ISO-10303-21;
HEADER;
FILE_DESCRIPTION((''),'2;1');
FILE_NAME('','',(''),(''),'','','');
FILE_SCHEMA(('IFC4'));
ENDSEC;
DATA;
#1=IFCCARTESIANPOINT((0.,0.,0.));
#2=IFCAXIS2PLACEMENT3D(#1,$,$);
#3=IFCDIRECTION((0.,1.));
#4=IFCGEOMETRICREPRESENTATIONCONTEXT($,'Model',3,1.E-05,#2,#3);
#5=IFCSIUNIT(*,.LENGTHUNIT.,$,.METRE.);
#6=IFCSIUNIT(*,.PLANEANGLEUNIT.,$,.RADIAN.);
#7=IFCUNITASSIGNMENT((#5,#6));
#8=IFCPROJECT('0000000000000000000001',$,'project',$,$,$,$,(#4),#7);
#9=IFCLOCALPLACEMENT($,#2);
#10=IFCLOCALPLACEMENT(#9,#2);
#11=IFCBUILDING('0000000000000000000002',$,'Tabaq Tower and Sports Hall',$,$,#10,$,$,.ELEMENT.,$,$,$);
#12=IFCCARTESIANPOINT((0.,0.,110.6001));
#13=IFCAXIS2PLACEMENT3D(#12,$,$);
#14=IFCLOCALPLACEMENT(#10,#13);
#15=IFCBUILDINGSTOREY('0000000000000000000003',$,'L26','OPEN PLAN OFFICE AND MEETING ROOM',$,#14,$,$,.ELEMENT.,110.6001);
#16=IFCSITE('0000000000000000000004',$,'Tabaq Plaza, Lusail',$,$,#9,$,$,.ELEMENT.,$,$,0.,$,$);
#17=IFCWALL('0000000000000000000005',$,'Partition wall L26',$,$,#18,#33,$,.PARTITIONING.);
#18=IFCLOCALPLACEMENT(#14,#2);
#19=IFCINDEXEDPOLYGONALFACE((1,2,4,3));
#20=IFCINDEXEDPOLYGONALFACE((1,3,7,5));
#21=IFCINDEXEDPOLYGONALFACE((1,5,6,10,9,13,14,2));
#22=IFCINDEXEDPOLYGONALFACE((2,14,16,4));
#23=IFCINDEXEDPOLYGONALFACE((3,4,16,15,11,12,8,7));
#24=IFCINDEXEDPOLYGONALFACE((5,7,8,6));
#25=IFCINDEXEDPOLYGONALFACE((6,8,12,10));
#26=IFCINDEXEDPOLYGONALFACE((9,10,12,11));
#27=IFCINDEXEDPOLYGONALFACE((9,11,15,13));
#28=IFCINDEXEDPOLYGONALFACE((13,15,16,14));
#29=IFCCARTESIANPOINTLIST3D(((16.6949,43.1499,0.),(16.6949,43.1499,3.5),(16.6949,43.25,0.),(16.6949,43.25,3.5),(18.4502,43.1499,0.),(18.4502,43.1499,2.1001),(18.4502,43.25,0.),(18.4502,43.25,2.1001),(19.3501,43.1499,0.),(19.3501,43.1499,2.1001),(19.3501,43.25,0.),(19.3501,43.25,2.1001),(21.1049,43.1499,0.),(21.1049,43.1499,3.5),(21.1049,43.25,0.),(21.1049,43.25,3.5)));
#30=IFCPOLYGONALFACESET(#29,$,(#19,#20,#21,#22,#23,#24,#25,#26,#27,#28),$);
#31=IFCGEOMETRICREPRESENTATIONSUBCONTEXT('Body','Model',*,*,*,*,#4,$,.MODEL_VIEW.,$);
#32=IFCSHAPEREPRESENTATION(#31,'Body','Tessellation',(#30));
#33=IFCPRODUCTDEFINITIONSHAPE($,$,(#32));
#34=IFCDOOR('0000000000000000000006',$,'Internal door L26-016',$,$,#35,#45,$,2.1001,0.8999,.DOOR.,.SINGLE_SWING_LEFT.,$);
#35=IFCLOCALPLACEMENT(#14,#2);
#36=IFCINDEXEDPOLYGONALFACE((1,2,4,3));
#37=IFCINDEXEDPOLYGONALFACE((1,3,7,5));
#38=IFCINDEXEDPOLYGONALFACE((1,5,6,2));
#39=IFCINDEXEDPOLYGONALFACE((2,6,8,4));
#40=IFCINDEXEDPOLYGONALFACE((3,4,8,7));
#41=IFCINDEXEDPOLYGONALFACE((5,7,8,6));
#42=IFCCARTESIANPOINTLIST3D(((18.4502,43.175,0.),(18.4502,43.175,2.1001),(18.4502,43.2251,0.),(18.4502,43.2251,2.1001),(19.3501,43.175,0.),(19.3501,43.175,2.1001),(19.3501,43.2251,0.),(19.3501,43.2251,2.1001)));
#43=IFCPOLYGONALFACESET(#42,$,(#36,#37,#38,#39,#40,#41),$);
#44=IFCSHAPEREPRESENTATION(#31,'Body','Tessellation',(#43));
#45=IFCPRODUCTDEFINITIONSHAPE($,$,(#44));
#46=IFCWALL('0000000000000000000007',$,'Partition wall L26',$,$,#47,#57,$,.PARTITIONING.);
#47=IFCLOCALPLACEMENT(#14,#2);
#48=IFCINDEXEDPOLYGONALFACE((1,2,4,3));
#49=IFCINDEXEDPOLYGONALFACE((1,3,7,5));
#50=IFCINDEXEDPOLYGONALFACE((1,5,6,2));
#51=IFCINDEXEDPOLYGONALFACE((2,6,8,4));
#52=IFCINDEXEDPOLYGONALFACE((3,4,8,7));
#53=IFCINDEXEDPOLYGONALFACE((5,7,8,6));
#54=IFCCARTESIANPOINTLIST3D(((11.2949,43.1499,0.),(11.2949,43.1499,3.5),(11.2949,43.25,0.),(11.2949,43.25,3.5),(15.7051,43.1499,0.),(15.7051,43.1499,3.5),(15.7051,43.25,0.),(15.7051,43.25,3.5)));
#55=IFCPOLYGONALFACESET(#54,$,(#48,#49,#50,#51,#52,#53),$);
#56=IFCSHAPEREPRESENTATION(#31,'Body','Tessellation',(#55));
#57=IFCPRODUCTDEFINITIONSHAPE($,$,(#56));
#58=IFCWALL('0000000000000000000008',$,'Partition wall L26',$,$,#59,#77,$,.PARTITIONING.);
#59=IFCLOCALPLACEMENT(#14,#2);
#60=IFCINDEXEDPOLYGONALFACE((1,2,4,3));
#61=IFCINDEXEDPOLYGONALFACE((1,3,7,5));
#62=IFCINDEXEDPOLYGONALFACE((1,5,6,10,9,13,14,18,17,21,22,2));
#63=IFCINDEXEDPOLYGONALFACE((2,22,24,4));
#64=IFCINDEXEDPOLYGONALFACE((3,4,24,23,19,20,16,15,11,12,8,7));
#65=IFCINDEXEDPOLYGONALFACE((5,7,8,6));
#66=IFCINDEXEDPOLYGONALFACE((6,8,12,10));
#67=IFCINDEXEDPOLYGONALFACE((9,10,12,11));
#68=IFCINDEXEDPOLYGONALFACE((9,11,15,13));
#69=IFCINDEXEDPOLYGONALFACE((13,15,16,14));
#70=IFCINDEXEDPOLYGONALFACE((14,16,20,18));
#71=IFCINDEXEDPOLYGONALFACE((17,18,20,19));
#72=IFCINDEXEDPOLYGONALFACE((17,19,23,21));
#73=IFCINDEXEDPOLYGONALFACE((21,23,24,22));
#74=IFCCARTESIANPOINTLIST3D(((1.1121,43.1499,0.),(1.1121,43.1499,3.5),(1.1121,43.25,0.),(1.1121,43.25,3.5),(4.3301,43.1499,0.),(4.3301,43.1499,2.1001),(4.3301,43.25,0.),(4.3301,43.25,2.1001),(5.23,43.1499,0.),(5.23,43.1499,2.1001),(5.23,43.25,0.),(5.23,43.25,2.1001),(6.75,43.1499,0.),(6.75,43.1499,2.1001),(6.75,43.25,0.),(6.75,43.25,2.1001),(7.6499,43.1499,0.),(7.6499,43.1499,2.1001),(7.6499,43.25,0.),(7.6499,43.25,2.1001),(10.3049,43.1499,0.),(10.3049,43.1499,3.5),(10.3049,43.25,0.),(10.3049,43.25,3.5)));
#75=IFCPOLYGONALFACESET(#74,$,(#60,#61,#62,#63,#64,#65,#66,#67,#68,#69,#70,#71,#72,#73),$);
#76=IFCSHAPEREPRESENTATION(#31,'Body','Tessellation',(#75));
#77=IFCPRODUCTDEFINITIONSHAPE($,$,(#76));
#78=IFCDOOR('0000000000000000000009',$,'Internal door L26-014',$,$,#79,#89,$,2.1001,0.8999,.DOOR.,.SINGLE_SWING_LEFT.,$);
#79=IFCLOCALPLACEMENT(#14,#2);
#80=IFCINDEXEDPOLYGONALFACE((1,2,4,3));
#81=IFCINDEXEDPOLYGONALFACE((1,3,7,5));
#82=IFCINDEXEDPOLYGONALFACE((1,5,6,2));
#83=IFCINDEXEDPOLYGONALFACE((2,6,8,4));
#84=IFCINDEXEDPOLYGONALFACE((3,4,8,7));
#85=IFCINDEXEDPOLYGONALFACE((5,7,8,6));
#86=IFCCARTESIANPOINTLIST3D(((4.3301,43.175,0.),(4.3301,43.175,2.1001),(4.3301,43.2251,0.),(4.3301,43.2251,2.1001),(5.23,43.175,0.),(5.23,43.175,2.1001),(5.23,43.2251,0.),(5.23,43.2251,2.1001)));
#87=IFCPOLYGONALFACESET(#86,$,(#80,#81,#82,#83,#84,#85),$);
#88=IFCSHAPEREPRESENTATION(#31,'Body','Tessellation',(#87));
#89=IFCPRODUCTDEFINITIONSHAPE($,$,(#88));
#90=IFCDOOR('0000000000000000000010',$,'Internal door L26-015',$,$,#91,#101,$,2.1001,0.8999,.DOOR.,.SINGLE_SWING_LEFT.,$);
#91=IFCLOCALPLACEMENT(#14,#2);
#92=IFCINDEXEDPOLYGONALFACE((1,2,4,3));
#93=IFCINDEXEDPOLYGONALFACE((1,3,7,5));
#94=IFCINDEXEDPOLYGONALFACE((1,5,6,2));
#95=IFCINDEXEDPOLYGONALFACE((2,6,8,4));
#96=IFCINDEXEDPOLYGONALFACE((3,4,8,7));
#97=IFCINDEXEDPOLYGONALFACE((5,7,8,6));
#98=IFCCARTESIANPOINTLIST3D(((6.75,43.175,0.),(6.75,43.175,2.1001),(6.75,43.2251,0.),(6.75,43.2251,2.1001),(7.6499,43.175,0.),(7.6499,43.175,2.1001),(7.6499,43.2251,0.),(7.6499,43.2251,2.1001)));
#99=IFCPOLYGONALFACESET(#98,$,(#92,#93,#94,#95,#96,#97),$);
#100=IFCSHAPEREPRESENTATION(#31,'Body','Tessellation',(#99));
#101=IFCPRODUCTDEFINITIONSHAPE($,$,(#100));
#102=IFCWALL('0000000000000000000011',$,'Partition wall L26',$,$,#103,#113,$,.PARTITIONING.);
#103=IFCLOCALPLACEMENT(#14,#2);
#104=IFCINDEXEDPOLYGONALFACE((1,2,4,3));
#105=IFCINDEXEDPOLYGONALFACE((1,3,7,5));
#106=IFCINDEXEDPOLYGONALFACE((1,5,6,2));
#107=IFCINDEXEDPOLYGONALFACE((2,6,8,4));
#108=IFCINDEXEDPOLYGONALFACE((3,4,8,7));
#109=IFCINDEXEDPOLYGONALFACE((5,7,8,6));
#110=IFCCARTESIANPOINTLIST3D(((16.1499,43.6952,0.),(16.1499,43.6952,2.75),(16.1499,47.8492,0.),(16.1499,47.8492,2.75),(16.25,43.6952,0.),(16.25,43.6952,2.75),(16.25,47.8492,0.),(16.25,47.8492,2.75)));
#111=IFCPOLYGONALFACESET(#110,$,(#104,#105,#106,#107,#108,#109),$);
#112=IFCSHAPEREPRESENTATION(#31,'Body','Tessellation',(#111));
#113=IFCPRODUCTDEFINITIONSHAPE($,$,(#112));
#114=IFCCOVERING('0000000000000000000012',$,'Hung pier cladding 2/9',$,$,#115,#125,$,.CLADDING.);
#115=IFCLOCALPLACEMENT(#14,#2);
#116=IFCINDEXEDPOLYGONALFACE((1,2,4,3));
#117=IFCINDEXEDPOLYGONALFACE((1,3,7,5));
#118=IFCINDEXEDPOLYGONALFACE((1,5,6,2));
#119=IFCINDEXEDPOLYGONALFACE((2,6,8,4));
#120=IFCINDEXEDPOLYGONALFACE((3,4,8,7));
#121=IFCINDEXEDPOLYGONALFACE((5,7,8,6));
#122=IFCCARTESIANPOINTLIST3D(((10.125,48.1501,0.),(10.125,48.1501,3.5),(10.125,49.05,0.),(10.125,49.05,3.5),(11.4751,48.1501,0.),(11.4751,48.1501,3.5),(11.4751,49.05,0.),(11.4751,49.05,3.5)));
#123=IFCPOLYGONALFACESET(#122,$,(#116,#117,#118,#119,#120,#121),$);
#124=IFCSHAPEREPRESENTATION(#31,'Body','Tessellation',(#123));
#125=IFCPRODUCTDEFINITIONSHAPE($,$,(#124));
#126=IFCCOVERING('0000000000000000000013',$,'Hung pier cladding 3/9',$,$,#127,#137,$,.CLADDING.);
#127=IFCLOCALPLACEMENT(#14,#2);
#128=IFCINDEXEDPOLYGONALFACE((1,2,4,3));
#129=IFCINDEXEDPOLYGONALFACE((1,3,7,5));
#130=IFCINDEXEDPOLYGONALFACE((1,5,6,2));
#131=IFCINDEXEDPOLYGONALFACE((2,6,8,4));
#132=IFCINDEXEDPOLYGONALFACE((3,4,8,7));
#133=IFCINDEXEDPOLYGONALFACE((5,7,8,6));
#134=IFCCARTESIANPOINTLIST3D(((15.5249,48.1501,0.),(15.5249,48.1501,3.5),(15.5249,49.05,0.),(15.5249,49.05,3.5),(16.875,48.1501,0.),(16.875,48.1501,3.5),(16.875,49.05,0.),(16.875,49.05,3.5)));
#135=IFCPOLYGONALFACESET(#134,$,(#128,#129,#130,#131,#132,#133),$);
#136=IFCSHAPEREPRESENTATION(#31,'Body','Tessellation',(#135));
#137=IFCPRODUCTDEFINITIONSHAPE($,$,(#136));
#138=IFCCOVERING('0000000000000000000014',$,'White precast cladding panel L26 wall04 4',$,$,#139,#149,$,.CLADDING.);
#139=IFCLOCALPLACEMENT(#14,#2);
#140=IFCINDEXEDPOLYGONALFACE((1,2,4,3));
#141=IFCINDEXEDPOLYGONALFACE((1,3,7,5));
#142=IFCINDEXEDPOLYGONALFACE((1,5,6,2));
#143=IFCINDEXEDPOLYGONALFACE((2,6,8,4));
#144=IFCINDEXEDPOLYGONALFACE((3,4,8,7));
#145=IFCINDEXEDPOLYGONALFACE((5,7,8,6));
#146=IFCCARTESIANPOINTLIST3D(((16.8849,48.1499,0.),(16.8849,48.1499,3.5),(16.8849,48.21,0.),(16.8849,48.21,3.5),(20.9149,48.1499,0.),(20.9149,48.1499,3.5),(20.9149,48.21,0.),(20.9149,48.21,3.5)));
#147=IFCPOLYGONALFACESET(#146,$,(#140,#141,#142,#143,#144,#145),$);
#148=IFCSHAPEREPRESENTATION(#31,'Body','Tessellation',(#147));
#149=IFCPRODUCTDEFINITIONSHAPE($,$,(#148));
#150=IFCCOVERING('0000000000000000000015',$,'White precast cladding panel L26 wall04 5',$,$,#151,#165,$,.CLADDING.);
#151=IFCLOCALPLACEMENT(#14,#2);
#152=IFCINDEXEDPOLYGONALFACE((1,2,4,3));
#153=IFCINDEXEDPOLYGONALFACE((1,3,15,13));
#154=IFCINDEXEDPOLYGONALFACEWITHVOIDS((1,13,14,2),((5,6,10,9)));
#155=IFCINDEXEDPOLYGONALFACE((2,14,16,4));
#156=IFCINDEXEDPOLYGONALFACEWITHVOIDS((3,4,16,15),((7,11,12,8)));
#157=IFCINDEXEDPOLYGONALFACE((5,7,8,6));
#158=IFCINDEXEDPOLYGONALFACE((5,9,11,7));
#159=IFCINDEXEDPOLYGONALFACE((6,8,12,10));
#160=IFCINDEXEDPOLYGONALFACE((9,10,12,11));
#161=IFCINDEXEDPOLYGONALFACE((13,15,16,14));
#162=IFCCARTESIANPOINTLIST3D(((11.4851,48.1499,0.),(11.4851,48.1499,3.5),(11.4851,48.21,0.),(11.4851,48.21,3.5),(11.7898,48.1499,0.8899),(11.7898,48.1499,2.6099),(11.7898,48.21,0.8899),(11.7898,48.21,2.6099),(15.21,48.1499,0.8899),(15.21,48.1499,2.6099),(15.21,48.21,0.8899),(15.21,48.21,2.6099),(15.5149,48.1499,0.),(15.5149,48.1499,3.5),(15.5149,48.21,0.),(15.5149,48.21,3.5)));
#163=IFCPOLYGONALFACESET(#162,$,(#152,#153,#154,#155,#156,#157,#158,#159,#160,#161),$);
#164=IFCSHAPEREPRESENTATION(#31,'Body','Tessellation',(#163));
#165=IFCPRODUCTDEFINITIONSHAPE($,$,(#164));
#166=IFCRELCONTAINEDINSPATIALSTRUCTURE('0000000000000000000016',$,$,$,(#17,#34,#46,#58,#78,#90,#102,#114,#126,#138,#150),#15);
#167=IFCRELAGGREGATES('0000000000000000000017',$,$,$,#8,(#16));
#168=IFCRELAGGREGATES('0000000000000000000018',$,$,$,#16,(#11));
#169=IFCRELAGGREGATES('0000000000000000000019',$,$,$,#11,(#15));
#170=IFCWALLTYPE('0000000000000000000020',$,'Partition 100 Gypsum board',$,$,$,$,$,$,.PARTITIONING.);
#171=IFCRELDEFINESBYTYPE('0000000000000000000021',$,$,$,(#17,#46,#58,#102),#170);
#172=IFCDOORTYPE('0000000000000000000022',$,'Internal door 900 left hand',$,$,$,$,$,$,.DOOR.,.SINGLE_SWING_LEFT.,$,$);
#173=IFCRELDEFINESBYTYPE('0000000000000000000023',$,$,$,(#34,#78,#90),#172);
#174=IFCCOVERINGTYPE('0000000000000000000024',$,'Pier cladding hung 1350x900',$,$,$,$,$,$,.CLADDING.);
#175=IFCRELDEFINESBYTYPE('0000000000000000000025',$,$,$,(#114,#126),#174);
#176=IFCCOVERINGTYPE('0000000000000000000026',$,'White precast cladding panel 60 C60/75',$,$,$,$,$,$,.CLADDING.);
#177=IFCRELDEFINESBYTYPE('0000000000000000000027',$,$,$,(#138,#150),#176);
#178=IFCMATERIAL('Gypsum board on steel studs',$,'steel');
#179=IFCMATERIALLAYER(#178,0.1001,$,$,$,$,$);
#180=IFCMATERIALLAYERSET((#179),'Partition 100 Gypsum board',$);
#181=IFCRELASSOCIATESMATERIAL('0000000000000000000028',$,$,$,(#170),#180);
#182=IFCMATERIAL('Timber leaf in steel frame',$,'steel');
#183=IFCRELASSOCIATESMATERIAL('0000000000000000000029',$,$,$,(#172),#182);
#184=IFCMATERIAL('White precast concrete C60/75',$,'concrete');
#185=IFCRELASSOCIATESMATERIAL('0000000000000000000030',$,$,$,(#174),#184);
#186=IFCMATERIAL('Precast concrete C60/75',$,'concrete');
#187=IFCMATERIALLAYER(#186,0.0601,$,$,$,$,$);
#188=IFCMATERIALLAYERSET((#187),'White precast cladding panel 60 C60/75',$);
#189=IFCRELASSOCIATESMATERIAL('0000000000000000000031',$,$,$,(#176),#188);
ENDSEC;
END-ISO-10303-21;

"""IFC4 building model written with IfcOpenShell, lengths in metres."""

from ifc_helpers import new_model, si_unit, direction, frame, frame_2d, origin, place, context, subcontext, project, spatial, polyline, rectangle, outline, extrude, material, layer, layer_set, type_object, element, fill, save


model = new_model("IFC4")

# Units and contexts
model_context = context("Model", 3, precision=1e-05, world=origin(), true_north=direction((0.0, 1.0)))
body_context = subcontext(model_context, "Body", "Model", "MODEL_VIEW")
ifc_project = project(units=[si_unit("LENGTHUNIT", "METRE"), si_unit("PLANEANGLEUNIT", "RADIAN")], contexts=[model_context])

# Site, building, storey
site_placement = place(None, origin())
site = spatial("IfcSite", under=ifc_project, at=site_placement, Name="Tabaq Plaza, Lusail", CompositionType="ELEMENT", RefElevation=0.0)
building_placement = place(site_placement, origin())
building = spatial("IfcBuilding", under=site, at=building_placement, Name="Tabaq Tower and Sports Hall", CompositionType="ELEMENT")
storey_placement = place(building_placement, frame((0.0, 0.0, 110.6001)))
storey = spatial("IfcBuildingStorey", under=building, at=storey_placement, Name="L26", Description="OPEN PLAN OFFICE AND MEETING ROOM", CompositionType="ELEMENT", Elevation=110.6001)

# Wall, opening, door
ifc_material_1 = material(Name="Gypsum board on steel studs", Category="steel")
ifc_layer_1 = layer(ifc_material_1, 0.1001)
ifc_layer_set_1 = layer_set([ifc_layer_1], Name="Partition 100 Gypsum board")
wall_type = type_object("IfcWallType", Name="Partition 100 Gypsum board", PredefinedType="PARTITIONING", material=ifc_layer_set_1)
ifc_material_2 = material(Name="Timber leaf in steel frame", Category="steel")
door_type_1 = type_object("IfcDoorType", Name="Internal door 900 left hand", OperationType="SINGLE_SWING_LEFT", PredefinedType="DOOR", material=ifc_material_2)
wall_1_placement = place(storey_placement, frame((21.105, 43.2, 0.0), z_axis=(0.0, 0.0, 1.0), x_axis=(-1.0, 0.0, 0.0)))
wall_1 = element("IfcWall", 1, at=wall_1_placement, inside=storey, type_object=wall_type, Name="Partition wall L26", PredefinedType="PARTITIONING", context=body_context, shape_type="SweptSolid", body=[
    extrude(rectangle(XDim=4.4099, YDim=0.1001, at=frame_2d((2.2051, 0.0))), origin(), (0.0, 0.0, 1.0), 3.5),
])
opening_1_placement = place(wall_1_placement, frame((1.7549, 0.0, 0.0)))
opening_1 = element("IfcOpeningElement", 2, at=opening_1_placement, cuts=wall_1, PredefinedType="OPENING", context=body_context, shape_type="SweptSolid", body=[
    extrude(rectangle(XDim=0.8999, YDim=2.1001, at=frame_2d((0.45, 1.05))), frame((0.0, 0.05, 0.0), z_axis=(0.0, -1.0, 0.0), x_axis=(1.0, 0.0, 0.0)), (0.0, 0.0, 1.0), 0.1001),
])
door_1_placement = place(opening_1_placement, origin())
door_1 = element("IfcDoor", 3, at=door_1_placement, inside=storey, type_object=door_type_1, Name="Internal door L26-016", OperationType="SINGLE_SWING_LEFT", OverallHeight=2.1001, OverallWidth=0.8999, PredefinedType="DOOR", context=body_context, shape_type="SweptSolid", body=[
    extrude(rectangle(XDim=0.8999, YDim=2.1001, at=frame_2d((0.45, 1.05))), frame((0.0, 0.0249, 0.0), z_axis=(0.0, -1.0, 0.0), x_axis=(1.0, 0.0, 0.0)), (0.0, 0.0, 1.0), 0.05),
])
fill(opening_1, door_1)

# Wall
wall_2_placement = place(storey_placement, frame((15.7051, 43.2, 0.0), z_axis=(0.0, 0.0, 1.0), x_axis=(-1.0, 0.0, 0.0)))
element("IfcWall", 4, at=wall_2_placement, inside=storey, type_object=wall_type, Name="Partition wall L26", PredefinedType="PARTITIONING", context=body_context, shape_type="SweptSolid", body=[
    extrude(rectangle(XDim=4.4102, YDim=0.1001, at=frame_2d((2.2051, 0.0))), origin(), (0.0, 0.0, 1.0), 3.5),
])

# Wall, openings, doors
wall_3_placement = place(storey_placement, frame((10.3049, 43.2, 0.0), z_axis=(0.0, 0.0, 1.0), x_axis=(-1.0, 0.0, 0.0)))
wall_3 = element("IfcWall", 5, at=wall_3_placement, inside=storey, type_object=wall_type, Name="Partition wall L26", PredefinedType="PARTITIONING", context=body_context, shape_type="SweptSolid", body=[
    extrude(rectangle(XDim=9.1929, YDim=0.1001, at=frame_2d((4.5964, 0.0))), origin(), (0.0, 0.0, 1.0), 3.5),
])
opening_2_placement = place(wall_3_placement, frame((5.075, 0.0, 0.0)))
opening_2 = element("IfcOpeningElement", 6, at=opening_2_placement, cuts=wall_3, PredefinedType="OPENING", context=body_context, shape_type="SweptSolid", body=[
    extrude(rectangle(XDim=0.8999, YDim=2.1001, at=frame_2d((0.45, 1.05))), frame((0.0, 0.05, 0.0), z_axis=(0.0, -1.0, 0.0), x_axis=(1.0, 0.0, 0.0)), (0.0, 0.0, 1.0), 0.1001),
])
opening_3_placement = place(wall_3_placement, frame((2.655, 0.0, 0.0)))
opening_3 = element("IfcOpeningElement", 7, at=opening_3_placement, cuts=wall_3, PredefinedType="OPENING", context=body_context, shape_type="SweptSolid", body=[
    extrude(rectangle(XDim=0.8999, YDim=2.1001, at=frame_2d((0.45, 1.05))), frame((0.0, 0.05, 0.0), z_axis=(0.0, -1.0, 0.0), x_axis=(1.0, 0.0, 0.0)), (0.0, 0.0, 1.0), 0.1001),
])
door_2_placement = place(opening_2_placement, origin())
door_2 = element("IfcDoor", 8, at=door_2_placement, inside=storey, type_object=door_type_1, Name="Internal door L26-014", OperationType="SINGLE_SWING_LEFT", OverallHeight=2.1001, OverallWidth=0.8999, PredefinedType="DOOR", context=body_context, shape_type="SweptSolid", body=[
    extrude(rectangle(XDim=0.8999, YDim=2.1001, at=frame_2d((0.45, 1.05))), frame((0.0, 0.0249, 0.0), z_axis=(0.0, -1.0, 0.0), x_axis=(1.0, 0.0, 0.0)), (0.0, 0.0, 1.0), 0.05),
])
fill(opening_2, door_2)
door_3_placement = place(opening_3_placement, origin())
door_3 = element("IfcDoor", 9, at=door_3_placement, inside=storey, type_object=door_type_1, Name="Internal door L26-015", OperationType="SINGLE_SWING_LEFT", OverallHeight=2.1001, OverallWidth=0.8999, PredefinedType="DOOR", context=body_context, shape_type="SweptSolid", body=[
    extrude(rectangle(XDim=0.8999, YDim=2.1001, at=frame_2d((0.45, 1.05))), frame((0.0, 0.0249, 0.0), z_axis=(0.0, -1.0, 0.0), x_axis=(1.0, 0.0, 0.0)), (0.0, 0.0, 1.0), 0.05),
])
fill(opening_3, door_3)

# Wall
wall_4_placement = place(storey_placement, frame((16.2, 43.6951, 0.0), z_axis=(0.0, 0.0, 1.0), x_axis=(0.0, 1.0, 0.0)))
element("IfcWall", 10, at=wall_4_placement, inside=storey, type_object=wall_type, Name="Partition wall L26", PredefinedType="PARTITIONING", context=body_context, shape_type="SweptSolid", body=[
    extrude(rectangle(XDim=4.1541, YDim=0.1001, at=frame_2d((2.0771, 0.0))), origin(), (0.0, 0.0, 1.0), 2.75),
])

# Coverings
ifc_material_3 = material(Name="White precast concrete C60/75", Category="concrete")
covering_type_1 = type_object("IfcCoveringType", Name="Pier cladding hung 1350x900", PredefinedType="CLADDING", material=ifc_material_3)
for number, where, z_axis, x_axis, name in (
    (11, (11.4751, 48.6001, 0.0), (0.0, 0.0, 1.0), (-1.0, 0.0, 0.0), "Hung pier cladding 2/9"),
    (12, (16.875, 48.6001, 0.0), (0.0, 0.0, 1.0), (-1.0, 0.0, 0.0), "Hung pier cladding 3/9"),
):
    element("IfcCovering", number, at=place(storey_placement, frame(where, z_axis=z_axis, x_axis=x_axis)), inside=storey, type_object=covering_type_1, Name=name, PredefinedType="CLADDING", context=body_context, shape_type="SweptSolid", body=[
        extrude(rectangle(XDim=1.3501, YDim=0.8999, at=frame_2d((0.675, 0.0))), origin(), (0.0, 0.0, 1.0), 3.5),
    ])
ifc_material_4 = material(Name="Precast concrete C60/75", Category="concrete")
ifc_layer_2 = layer(ifc_material_4, 0.0601)
ifc_layer_set_2 = layer_set([ifc_layer_2], Name="White precast cladding panel 60 C60/75")
covering_type_2 = type_object("IfcCoveringType", Name="White precast cladding panel 60 C60/75", PredefinedType="CLADDING", material=ifc_layer_set_2)
covering_1_placement = place(storey_placement, frame((20.915, 48.1799, 0.0), z_axis=(0.0, 0.0, 1.0), x_axis=(-1.0, 0.0, 0.0)))
element("IfcCovering", 13, at=covering_1_placement, inside=storey, type_object=covering_type_2, Name="White precast cladding panel L26 wall04 4", PredefinedType="CLADDING", context=body_context, shape_type="SweptSolid", body=[
    extrude(rectangle(XDim=4.03, YDim=0.0601, at=frame_2d((2.0151, 0.0))), origin(), (0.0, 0.0, 1.0), 3.5),
])
covering_2_placement = place(storey_placement, frame((15.5149, 48.1799, 0.0), z_axis=(0.0, 0.0, 1.0), x_axis=(-1.0, 0.0, 0.0)))
element("IfcCovering", 14, at=covering_2_placement, inside=storey, type_object=covering_type_2, Name="White precast cladding panel L26 wall04 5", PredefinedType="CLADDING", context=body_context, shape_type="SweptSolid", body=[
    extrude(outline(polyline([(0.0, 0.0), (4.0298, 0.0), (4.0298, 3.5), (0.0, 3.5), (0.0, 0.0)]), holes=[polyline([(0.3049, 0.8899), (0.3049, 2.6099), (3.7251, 2.6099), (3.7251, 0.8899), (0.3049, 0.8899)])]), frame((0.0, 0.03, 0.0), z_axis=(0.0, -1.0, 0.0), x_axis=(1.0, 0.0, 0.0)), (0.0, 0.0, 1.0), 0.0601),
])

save(model, "model.ifc")
